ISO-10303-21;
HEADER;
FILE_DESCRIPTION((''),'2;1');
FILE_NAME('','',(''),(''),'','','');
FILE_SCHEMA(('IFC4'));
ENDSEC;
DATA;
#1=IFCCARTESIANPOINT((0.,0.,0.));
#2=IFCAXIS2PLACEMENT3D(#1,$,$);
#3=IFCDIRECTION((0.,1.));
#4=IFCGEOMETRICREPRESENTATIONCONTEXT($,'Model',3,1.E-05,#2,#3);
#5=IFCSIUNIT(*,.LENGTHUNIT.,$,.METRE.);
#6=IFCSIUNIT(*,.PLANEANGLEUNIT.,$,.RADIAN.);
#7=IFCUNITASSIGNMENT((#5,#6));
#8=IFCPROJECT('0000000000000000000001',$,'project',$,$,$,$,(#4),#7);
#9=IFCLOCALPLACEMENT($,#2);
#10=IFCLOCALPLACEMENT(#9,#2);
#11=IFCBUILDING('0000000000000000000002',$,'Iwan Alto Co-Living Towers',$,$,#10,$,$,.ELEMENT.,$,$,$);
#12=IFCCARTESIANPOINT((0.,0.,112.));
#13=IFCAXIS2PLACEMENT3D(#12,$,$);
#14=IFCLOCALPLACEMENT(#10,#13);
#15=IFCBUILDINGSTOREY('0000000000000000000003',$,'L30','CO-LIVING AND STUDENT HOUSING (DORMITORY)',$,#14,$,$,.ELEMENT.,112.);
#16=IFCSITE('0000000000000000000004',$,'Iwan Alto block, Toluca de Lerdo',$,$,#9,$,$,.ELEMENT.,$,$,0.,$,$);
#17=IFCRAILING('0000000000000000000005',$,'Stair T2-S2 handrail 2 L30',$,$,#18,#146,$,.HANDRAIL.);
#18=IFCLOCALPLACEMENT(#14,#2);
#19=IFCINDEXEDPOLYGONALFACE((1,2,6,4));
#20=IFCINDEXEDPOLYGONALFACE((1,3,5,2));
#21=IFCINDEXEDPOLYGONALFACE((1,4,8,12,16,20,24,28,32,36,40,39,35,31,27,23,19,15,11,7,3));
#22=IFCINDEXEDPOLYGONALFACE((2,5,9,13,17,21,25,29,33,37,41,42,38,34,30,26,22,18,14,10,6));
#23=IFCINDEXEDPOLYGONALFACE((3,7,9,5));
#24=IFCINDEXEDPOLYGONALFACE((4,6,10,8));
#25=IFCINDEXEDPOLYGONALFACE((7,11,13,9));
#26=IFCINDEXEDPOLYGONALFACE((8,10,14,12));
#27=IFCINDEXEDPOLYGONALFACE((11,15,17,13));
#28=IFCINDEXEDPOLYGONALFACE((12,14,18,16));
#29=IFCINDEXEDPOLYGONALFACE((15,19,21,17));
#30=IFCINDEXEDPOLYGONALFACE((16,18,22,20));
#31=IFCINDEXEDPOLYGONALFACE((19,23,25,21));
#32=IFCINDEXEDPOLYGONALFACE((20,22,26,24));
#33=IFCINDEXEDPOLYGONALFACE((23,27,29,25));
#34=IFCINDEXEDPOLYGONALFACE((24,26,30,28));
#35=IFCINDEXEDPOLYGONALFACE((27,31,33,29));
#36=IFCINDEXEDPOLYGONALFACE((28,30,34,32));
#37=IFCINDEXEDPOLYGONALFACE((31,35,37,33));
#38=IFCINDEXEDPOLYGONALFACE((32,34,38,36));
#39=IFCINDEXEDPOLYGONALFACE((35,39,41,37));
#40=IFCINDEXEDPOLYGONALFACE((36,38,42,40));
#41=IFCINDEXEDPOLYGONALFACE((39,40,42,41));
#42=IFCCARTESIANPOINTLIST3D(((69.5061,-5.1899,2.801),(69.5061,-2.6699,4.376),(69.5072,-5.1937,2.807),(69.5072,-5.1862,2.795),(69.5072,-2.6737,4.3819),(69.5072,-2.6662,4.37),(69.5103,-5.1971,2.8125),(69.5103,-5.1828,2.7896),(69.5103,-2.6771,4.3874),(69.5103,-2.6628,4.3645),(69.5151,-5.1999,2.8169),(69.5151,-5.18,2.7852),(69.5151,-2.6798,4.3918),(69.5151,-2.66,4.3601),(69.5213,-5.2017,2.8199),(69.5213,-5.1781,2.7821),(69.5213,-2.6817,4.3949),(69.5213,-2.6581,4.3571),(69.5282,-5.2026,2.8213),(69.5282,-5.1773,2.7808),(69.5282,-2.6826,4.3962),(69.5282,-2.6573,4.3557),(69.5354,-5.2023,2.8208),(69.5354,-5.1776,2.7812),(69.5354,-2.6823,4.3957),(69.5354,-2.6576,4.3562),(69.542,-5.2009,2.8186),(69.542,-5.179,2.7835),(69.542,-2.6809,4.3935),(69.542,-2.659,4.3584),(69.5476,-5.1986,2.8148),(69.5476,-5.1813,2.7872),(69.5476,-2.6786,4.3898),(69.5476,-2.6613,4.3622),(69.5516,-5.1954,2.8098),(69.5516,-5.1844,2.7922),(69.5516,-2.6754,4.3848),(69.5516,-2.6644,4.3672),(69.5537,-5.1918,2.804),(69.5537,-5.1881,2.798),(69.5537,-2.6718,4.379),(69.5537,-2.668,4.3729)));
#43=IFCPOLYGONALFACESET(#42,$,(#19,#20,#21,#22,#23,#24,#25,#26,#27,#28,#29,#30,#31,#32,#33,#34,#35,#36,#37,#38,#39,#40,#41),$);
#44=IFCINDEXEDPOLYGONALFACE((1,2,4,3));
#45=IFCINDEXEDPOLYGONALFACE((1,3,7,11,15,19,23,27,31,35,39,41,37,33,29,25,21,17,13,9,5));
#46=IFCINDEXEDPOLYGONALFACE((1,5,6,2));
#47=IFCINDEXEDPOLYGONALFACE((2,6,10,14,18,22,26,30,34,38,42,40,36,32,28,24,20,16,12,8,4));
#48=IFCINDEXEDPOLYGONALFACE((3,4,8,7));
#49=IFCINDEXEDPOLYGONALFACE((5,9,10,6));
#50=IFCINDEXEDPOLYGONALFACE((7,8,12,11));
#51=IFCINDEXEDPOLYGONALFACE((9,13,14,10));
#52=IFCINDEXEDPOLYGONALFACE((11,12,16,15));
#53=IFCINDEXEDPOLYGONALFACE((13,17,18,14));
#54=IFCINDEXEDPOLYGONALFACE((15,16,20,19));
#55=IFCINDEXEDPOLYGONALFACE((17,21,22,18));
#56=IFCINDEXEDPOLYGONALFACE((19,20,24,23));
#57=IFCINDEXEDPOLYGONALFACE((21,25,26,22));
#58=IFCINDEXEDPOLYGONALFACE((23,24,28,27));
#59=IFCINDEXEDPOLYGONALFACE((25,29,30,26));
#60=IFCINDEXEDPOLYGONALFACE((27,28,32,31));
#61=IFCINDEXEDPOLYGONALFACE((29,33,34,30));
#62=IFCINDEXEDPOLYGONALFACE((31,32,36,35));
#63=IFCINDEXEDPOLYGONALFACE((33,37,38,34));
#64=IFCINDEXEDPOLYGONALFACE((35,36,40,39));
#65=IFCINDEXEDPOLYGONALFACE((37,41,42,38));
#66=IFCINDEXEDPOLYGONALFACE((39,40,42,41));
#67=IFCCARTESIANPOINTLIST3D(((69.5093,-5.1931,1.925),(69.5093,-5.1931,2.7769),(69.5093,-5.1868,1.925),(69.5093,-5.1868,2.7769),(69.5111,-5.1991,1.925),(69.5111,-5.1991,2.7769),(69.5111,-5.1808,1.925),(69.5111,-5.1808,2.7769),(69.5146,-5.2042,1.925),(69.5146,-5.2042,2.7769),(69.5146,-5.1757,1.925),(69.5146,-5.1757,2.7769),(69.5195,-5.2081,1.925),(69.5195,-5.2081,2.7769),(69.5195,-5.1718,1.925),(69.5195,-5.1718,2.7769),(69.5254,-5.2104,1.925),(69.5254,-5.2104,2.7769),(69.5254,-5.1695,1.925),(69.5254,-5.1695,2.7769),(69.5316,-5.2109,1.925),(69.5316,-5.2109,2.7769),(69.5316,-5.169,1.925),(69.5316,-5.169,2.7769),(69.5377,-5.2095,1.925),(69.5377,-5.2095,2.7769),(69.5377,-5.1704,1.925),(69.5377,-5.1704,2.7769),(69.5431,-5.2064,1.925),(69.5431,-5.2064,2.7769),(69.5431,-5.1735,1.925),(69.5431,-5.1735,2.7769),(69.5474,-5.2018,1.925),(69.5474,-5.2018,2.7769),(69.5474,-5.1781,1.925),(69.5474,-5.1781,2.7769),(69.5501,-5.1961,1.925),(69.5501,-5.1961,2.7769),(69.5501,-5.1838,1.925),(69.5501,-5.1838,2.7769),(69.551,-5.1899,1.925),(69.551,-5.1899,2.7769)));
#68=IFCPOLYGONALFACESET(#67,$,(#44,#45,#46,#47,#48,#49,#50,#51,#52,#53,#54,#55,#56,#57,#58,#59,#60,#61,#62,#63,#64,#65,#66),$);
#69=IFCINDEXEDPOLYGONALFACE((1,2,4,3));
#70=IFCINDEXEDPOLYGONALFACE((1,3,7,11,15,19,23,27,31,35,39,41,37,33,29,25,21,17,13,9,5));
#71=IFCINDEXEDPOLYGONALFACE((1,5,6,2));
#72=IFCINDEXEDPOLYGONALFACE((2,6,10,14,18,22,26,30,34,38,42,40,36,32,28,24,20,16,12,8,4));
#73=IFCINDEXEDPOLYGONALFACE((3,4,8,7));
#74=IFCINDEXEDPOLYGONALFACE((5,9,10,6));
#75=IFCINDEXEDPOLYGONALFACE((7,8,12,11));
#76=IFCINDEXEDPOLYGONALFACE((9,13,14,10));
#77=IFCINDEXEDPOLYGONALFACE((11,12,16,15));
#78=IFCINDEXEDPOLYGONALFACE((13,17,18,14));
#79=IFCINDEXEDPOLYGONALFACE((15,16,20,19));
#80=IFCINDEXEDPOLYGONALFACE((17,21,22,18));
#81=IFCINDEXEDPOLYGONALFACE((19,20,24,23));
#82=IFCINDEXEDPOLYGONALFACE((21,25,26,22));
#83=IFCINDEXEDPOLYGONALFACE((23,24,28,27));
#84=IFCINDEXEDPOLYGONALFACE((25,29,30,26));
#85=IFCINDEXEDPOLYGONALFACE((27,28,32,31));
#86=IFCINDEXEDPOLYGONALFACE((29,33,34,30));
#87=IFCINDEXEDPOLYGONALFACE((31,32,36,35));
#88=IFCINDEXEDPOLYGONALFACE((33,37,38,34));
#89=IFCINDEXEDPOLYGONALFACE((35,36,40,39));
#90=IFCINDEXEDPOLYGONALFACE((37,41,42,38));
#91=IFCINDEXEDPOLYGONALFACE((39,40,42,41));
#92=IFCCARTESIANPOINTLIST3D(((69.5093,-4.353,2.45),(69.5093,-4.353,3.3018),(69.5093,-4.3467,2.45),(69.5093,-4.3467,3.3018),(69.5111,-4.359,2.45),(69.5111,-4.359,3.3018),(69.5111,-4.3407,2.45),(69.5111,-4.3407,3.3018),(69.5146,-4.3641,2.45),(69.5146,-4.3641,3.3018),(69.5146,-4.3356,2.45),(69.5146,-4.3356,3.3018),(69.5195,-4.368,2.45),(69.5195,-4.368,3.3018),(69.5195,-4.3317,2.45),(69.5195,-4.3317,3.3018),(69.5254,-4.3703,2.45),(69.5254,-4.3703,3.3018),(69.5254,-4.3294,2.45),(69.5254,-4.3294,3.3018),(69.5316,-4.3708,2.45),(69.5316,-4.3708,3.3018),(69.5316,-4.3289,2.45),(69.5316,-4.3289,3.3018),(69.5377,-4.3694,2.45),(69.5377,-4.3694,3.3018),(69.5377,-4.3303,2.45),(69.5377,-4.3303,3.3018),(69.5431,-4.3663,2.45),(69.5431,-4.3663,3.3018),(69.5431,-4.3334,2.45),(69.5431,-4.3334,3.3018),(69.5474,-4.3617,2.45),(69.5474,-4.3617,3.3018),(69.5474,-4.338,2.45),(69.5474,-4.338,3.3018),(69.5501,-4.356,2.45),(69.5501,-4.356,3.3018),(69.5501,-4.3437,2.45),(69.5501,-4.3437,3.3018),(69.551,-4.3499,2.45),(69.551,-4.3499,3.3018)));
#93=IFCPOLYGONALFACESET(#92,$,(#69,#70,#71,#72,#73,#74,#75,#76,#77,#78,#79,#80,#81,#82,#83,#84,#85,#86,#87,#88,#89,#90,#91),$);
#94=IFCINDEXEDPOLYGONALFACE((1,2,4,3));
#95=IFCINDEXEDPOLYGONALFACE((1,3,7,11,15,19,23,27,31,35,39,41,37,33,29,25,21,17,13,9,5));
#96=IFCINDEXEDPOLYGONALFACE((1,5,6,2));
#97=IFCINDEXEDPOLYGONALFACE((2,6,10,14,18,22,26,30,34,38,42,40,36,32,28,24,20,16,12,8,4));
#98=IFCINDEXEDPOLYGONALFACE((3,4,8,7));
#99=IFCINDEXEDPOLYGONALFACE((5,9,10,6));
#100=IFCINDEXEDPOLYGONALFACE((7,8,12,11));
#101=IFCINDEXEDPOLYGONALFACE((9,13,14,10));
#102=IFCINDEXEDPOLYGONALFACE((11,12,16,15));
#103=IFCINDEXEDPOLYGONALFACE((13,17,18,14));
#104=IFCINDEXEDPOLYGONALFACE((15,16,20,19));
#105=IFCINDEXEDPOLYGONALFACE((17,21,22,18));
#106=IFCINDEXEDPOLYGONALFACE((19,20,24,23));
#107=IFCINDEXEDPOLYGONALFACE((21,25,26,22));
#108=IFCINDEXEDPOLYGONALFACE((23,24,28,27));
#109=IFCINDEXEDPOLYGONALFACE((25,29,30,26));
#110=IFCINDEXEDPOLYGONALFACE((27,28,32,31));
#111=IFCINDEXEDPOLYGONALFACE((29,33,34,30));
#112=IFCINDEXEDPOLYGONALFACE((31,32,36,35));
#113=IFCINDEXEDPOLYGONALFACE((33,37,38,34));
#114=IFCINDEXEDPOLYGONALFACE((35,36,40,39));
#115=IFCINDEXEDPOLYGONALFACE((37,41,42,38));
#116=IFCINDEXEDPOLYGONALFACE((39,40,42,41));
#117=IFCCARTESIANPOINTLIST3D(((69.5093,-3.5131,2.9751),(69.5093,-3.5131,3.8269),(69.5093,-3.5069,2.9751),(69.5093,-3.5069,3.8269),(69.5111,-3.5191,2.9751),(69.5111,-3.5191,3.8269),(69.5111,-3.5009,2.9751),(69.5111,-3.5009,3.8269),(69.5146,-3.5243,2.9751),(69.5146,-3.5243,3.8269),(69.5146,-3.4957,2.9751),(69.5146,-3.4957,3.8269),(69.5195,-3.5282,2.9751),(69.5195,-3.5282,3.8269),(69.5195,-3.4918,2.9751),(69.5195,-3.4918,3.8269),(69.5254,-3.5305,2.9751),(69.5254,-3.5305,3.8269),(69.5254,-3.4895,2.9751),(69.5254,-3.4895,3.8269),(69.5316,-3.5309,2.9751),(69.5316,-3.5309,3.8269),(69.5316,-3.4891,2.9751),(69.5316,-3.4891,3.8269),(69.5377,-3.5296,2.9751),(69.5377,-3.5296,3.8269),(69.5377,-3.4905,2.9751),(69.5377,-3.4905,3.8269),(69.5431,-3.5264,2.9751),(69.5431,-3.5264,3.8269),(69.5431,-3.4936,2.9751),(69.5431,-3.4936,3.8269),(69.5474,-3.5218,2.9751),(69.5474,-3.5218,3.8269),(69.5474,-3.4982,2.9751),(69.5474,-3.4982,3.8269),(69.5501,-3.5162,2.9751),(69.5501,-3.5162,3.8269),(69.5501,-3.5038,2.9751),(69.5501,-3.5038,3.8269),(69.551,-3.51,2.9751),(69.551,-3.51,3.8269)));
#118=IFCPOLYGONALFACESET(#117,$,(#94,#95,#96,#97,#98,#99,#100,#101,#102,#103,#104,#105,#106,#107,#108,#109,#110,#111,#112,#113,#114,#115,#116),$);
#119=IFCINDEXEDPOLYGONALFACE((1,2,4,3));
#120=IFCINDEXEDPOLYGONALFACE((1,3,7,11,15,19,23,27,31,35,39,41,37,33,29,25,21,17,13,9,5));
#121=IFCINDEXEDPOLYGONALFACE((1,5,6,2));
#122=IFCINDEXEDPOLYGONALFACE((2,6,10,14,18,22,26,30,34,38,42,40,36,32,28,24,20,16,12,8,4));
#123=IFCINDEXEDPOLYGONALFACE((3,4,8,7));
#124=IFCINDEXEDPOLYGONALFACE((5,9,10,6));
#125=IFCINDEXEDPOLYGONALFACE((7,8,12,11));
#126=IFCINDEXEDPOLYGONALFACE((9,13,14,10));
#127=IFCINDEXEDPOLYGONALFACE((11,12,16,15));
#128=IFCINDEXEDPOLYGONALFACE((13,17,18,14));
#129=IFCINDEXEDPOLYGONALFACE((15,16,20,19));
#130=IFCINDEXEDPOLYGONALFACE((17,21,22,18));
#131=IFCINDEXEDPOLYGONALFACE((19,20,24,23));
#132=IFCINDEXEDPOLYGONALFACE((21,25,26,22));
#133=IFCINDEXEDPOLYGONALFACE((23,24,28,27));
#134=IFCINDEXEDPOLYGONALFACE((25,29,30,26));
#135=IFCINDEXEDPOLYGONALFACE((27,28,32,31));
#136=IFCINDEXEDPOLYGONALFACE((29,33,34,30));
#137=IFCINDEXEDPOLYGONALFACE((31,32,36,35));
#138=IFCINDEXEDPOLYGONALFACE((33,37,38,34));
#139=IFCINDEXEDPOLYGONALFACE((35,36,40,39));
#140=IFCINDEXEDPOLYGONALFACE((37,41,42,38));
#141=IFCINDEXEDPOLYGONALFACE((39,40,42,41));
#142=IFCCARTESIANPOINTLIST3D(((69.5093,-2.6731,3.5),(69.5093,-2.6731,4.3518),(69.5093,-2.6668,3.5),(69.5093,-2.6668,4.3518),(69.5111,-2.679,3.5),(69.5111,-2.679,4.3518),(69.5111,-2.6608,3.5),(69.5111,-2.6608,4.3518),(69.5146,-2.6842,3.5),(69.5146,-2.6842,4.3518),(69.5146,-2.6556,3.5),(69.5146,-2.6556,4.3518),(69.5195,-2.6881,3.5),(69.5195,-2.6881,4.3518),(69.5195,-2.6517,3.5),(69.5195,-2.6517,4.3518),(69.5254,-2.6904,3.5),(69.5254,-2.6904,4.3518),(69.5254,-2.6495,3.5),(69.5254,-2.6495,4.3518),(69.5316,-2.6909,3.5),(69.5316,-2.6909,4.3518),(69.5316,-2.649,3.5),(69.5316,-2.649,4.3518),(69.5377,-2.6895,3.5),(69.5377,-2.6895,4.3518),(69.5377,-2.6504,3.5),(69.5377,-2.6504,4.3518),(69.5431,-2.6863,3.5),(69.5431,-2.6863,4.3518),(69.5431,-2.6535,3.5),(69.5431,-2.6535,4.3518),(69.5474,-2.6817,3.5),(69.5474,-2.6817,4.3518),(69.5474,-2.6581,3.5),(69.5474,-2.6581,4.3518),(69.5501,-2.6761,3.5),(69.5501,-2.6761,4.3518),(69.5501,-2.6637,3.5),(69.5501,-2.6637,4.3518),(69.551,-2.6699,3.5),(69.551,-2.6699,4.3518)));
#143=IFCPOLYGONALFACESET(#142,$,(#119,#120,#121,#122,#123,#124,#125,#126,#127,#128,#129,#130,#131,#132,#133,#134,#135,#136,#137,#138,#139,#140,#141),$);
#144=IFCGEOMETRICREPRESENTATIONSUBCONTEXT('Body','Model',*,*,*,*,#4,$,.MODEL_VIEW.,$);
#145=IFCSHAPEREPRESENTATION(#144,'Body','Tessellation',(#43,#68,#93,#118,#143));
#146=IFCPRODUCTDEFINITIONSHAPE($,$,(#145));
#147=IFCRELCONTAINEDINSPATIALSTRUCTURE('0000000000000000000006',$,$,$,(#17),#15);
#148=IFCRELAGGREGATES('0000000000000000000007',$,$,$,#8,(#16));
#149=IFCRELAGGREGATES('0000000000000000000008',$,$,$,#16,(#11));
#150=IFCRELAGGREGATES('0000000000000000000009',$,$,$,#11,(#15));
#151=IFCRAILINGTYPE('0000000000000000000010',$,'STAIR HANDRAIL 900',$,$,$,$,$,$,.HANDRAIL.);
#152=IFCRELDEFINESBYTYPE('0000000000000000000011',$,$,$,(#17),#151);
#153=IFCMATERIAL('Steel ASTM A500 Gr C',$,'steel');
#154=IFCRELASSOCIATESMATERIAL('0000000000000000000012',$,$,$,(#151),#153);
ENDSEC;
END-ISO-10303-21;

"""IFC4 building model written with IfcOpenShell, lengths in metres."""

from ifc_helpers import new_model, si_unit, direction, frame, origin, origin_2d, place, context, subcontext, project, spatial, circle, extrude, material, type_object, element, save


model = new_model("IFC4")

# Units and contexts
model_context = context("Model", 3, precision=1e-05, world=origin(), true_north=direction((0.0, 1.0)))
body_context = subcontext(model_context, "Body", "Model", "MODEL_VIEW")
ifc_project = project(units=[si_unit("LENGTHUNIT", "METRE"), si_unit("PLANEANGLEUNIT", "RADIAN")], contexts=[model_context])

# Site, building, storey
site_placement = place(None, origin())
site = spatial("IfcSite", under=ifc_project, at=site_placement, Name="Iwan Alto block, Toluca de Lerdo", CompositionType="ELEMENT", RefElevation=0.0)
building_placement = place(site_placement, origin())
building = spatial("IfcBuilding", under=site, at=building_placement, Name="Iwan Alto Co-Living Towers", CompositionType="ELEMENT")
storey_placement = place(building_placement, frame((0.0, 0.0, 112.0)))
storey = spatial("IfcBuildingStorey", under=building, at=storey_placement, Name="L30", Description="CO-LIVING AND STUDENT HOUSING (DORMITORY)", CompositionType="ELEMENT", Elevation=112.0)

# Railing
ifc_material_1 = material(Name="Steel ASTM A500 Gr C", Category="steel")
railing_type_1 = type_object("IfcRailingType", Name="STAIR HANDRAIL 900", PredefinedType="HANDRAIL", material=ifc_material_1)
railing_1_placement = place(storey_placement, frame((69.53, -5.1899, 1.925)))
element("IfcRailing", 1, at=railing_1_placement, inside=storey, type_object=railing_type_1, Name="Stair T2-S2 handrail 2 L30", PredefinedType="HANDRAIL", context=body_context, shape_type="SweptSolid", body=[
    extrude(circle(Radius=0.0239, at=origin_2d()), frame((0.0, 0.0, 0.876), z_axis=(0.0, 0.848008, 0.529984), x_axis=(-1.0, 0.0, 0.0)), (0.0, 0.0, 1.0), 2.9717),
    extrude(circle(Radius=0.021, at=origin_2d()), origin(), (0.0, 0.0, 1.0), 0.8518),
    extrude(circle(Radius=0.021, at=origin_2d()), frame((0.0, 0.8401, 0.5249)), (0.0, 0.0, 1.0), 0.8518),
    extrude(circle(Radius=0.021, at=origin_2d()), frame((0.0, 1.6799, 1.05)), (0.0, 0.0, 1.0), 0.8518),
    extrude(circle(Radius=0.021, at=origin_2d()), frame((0.0, 2.52, 1.575)), (0.0, 0.0, 1.0), 0.8518),
])

save(model, "model.ifc")
